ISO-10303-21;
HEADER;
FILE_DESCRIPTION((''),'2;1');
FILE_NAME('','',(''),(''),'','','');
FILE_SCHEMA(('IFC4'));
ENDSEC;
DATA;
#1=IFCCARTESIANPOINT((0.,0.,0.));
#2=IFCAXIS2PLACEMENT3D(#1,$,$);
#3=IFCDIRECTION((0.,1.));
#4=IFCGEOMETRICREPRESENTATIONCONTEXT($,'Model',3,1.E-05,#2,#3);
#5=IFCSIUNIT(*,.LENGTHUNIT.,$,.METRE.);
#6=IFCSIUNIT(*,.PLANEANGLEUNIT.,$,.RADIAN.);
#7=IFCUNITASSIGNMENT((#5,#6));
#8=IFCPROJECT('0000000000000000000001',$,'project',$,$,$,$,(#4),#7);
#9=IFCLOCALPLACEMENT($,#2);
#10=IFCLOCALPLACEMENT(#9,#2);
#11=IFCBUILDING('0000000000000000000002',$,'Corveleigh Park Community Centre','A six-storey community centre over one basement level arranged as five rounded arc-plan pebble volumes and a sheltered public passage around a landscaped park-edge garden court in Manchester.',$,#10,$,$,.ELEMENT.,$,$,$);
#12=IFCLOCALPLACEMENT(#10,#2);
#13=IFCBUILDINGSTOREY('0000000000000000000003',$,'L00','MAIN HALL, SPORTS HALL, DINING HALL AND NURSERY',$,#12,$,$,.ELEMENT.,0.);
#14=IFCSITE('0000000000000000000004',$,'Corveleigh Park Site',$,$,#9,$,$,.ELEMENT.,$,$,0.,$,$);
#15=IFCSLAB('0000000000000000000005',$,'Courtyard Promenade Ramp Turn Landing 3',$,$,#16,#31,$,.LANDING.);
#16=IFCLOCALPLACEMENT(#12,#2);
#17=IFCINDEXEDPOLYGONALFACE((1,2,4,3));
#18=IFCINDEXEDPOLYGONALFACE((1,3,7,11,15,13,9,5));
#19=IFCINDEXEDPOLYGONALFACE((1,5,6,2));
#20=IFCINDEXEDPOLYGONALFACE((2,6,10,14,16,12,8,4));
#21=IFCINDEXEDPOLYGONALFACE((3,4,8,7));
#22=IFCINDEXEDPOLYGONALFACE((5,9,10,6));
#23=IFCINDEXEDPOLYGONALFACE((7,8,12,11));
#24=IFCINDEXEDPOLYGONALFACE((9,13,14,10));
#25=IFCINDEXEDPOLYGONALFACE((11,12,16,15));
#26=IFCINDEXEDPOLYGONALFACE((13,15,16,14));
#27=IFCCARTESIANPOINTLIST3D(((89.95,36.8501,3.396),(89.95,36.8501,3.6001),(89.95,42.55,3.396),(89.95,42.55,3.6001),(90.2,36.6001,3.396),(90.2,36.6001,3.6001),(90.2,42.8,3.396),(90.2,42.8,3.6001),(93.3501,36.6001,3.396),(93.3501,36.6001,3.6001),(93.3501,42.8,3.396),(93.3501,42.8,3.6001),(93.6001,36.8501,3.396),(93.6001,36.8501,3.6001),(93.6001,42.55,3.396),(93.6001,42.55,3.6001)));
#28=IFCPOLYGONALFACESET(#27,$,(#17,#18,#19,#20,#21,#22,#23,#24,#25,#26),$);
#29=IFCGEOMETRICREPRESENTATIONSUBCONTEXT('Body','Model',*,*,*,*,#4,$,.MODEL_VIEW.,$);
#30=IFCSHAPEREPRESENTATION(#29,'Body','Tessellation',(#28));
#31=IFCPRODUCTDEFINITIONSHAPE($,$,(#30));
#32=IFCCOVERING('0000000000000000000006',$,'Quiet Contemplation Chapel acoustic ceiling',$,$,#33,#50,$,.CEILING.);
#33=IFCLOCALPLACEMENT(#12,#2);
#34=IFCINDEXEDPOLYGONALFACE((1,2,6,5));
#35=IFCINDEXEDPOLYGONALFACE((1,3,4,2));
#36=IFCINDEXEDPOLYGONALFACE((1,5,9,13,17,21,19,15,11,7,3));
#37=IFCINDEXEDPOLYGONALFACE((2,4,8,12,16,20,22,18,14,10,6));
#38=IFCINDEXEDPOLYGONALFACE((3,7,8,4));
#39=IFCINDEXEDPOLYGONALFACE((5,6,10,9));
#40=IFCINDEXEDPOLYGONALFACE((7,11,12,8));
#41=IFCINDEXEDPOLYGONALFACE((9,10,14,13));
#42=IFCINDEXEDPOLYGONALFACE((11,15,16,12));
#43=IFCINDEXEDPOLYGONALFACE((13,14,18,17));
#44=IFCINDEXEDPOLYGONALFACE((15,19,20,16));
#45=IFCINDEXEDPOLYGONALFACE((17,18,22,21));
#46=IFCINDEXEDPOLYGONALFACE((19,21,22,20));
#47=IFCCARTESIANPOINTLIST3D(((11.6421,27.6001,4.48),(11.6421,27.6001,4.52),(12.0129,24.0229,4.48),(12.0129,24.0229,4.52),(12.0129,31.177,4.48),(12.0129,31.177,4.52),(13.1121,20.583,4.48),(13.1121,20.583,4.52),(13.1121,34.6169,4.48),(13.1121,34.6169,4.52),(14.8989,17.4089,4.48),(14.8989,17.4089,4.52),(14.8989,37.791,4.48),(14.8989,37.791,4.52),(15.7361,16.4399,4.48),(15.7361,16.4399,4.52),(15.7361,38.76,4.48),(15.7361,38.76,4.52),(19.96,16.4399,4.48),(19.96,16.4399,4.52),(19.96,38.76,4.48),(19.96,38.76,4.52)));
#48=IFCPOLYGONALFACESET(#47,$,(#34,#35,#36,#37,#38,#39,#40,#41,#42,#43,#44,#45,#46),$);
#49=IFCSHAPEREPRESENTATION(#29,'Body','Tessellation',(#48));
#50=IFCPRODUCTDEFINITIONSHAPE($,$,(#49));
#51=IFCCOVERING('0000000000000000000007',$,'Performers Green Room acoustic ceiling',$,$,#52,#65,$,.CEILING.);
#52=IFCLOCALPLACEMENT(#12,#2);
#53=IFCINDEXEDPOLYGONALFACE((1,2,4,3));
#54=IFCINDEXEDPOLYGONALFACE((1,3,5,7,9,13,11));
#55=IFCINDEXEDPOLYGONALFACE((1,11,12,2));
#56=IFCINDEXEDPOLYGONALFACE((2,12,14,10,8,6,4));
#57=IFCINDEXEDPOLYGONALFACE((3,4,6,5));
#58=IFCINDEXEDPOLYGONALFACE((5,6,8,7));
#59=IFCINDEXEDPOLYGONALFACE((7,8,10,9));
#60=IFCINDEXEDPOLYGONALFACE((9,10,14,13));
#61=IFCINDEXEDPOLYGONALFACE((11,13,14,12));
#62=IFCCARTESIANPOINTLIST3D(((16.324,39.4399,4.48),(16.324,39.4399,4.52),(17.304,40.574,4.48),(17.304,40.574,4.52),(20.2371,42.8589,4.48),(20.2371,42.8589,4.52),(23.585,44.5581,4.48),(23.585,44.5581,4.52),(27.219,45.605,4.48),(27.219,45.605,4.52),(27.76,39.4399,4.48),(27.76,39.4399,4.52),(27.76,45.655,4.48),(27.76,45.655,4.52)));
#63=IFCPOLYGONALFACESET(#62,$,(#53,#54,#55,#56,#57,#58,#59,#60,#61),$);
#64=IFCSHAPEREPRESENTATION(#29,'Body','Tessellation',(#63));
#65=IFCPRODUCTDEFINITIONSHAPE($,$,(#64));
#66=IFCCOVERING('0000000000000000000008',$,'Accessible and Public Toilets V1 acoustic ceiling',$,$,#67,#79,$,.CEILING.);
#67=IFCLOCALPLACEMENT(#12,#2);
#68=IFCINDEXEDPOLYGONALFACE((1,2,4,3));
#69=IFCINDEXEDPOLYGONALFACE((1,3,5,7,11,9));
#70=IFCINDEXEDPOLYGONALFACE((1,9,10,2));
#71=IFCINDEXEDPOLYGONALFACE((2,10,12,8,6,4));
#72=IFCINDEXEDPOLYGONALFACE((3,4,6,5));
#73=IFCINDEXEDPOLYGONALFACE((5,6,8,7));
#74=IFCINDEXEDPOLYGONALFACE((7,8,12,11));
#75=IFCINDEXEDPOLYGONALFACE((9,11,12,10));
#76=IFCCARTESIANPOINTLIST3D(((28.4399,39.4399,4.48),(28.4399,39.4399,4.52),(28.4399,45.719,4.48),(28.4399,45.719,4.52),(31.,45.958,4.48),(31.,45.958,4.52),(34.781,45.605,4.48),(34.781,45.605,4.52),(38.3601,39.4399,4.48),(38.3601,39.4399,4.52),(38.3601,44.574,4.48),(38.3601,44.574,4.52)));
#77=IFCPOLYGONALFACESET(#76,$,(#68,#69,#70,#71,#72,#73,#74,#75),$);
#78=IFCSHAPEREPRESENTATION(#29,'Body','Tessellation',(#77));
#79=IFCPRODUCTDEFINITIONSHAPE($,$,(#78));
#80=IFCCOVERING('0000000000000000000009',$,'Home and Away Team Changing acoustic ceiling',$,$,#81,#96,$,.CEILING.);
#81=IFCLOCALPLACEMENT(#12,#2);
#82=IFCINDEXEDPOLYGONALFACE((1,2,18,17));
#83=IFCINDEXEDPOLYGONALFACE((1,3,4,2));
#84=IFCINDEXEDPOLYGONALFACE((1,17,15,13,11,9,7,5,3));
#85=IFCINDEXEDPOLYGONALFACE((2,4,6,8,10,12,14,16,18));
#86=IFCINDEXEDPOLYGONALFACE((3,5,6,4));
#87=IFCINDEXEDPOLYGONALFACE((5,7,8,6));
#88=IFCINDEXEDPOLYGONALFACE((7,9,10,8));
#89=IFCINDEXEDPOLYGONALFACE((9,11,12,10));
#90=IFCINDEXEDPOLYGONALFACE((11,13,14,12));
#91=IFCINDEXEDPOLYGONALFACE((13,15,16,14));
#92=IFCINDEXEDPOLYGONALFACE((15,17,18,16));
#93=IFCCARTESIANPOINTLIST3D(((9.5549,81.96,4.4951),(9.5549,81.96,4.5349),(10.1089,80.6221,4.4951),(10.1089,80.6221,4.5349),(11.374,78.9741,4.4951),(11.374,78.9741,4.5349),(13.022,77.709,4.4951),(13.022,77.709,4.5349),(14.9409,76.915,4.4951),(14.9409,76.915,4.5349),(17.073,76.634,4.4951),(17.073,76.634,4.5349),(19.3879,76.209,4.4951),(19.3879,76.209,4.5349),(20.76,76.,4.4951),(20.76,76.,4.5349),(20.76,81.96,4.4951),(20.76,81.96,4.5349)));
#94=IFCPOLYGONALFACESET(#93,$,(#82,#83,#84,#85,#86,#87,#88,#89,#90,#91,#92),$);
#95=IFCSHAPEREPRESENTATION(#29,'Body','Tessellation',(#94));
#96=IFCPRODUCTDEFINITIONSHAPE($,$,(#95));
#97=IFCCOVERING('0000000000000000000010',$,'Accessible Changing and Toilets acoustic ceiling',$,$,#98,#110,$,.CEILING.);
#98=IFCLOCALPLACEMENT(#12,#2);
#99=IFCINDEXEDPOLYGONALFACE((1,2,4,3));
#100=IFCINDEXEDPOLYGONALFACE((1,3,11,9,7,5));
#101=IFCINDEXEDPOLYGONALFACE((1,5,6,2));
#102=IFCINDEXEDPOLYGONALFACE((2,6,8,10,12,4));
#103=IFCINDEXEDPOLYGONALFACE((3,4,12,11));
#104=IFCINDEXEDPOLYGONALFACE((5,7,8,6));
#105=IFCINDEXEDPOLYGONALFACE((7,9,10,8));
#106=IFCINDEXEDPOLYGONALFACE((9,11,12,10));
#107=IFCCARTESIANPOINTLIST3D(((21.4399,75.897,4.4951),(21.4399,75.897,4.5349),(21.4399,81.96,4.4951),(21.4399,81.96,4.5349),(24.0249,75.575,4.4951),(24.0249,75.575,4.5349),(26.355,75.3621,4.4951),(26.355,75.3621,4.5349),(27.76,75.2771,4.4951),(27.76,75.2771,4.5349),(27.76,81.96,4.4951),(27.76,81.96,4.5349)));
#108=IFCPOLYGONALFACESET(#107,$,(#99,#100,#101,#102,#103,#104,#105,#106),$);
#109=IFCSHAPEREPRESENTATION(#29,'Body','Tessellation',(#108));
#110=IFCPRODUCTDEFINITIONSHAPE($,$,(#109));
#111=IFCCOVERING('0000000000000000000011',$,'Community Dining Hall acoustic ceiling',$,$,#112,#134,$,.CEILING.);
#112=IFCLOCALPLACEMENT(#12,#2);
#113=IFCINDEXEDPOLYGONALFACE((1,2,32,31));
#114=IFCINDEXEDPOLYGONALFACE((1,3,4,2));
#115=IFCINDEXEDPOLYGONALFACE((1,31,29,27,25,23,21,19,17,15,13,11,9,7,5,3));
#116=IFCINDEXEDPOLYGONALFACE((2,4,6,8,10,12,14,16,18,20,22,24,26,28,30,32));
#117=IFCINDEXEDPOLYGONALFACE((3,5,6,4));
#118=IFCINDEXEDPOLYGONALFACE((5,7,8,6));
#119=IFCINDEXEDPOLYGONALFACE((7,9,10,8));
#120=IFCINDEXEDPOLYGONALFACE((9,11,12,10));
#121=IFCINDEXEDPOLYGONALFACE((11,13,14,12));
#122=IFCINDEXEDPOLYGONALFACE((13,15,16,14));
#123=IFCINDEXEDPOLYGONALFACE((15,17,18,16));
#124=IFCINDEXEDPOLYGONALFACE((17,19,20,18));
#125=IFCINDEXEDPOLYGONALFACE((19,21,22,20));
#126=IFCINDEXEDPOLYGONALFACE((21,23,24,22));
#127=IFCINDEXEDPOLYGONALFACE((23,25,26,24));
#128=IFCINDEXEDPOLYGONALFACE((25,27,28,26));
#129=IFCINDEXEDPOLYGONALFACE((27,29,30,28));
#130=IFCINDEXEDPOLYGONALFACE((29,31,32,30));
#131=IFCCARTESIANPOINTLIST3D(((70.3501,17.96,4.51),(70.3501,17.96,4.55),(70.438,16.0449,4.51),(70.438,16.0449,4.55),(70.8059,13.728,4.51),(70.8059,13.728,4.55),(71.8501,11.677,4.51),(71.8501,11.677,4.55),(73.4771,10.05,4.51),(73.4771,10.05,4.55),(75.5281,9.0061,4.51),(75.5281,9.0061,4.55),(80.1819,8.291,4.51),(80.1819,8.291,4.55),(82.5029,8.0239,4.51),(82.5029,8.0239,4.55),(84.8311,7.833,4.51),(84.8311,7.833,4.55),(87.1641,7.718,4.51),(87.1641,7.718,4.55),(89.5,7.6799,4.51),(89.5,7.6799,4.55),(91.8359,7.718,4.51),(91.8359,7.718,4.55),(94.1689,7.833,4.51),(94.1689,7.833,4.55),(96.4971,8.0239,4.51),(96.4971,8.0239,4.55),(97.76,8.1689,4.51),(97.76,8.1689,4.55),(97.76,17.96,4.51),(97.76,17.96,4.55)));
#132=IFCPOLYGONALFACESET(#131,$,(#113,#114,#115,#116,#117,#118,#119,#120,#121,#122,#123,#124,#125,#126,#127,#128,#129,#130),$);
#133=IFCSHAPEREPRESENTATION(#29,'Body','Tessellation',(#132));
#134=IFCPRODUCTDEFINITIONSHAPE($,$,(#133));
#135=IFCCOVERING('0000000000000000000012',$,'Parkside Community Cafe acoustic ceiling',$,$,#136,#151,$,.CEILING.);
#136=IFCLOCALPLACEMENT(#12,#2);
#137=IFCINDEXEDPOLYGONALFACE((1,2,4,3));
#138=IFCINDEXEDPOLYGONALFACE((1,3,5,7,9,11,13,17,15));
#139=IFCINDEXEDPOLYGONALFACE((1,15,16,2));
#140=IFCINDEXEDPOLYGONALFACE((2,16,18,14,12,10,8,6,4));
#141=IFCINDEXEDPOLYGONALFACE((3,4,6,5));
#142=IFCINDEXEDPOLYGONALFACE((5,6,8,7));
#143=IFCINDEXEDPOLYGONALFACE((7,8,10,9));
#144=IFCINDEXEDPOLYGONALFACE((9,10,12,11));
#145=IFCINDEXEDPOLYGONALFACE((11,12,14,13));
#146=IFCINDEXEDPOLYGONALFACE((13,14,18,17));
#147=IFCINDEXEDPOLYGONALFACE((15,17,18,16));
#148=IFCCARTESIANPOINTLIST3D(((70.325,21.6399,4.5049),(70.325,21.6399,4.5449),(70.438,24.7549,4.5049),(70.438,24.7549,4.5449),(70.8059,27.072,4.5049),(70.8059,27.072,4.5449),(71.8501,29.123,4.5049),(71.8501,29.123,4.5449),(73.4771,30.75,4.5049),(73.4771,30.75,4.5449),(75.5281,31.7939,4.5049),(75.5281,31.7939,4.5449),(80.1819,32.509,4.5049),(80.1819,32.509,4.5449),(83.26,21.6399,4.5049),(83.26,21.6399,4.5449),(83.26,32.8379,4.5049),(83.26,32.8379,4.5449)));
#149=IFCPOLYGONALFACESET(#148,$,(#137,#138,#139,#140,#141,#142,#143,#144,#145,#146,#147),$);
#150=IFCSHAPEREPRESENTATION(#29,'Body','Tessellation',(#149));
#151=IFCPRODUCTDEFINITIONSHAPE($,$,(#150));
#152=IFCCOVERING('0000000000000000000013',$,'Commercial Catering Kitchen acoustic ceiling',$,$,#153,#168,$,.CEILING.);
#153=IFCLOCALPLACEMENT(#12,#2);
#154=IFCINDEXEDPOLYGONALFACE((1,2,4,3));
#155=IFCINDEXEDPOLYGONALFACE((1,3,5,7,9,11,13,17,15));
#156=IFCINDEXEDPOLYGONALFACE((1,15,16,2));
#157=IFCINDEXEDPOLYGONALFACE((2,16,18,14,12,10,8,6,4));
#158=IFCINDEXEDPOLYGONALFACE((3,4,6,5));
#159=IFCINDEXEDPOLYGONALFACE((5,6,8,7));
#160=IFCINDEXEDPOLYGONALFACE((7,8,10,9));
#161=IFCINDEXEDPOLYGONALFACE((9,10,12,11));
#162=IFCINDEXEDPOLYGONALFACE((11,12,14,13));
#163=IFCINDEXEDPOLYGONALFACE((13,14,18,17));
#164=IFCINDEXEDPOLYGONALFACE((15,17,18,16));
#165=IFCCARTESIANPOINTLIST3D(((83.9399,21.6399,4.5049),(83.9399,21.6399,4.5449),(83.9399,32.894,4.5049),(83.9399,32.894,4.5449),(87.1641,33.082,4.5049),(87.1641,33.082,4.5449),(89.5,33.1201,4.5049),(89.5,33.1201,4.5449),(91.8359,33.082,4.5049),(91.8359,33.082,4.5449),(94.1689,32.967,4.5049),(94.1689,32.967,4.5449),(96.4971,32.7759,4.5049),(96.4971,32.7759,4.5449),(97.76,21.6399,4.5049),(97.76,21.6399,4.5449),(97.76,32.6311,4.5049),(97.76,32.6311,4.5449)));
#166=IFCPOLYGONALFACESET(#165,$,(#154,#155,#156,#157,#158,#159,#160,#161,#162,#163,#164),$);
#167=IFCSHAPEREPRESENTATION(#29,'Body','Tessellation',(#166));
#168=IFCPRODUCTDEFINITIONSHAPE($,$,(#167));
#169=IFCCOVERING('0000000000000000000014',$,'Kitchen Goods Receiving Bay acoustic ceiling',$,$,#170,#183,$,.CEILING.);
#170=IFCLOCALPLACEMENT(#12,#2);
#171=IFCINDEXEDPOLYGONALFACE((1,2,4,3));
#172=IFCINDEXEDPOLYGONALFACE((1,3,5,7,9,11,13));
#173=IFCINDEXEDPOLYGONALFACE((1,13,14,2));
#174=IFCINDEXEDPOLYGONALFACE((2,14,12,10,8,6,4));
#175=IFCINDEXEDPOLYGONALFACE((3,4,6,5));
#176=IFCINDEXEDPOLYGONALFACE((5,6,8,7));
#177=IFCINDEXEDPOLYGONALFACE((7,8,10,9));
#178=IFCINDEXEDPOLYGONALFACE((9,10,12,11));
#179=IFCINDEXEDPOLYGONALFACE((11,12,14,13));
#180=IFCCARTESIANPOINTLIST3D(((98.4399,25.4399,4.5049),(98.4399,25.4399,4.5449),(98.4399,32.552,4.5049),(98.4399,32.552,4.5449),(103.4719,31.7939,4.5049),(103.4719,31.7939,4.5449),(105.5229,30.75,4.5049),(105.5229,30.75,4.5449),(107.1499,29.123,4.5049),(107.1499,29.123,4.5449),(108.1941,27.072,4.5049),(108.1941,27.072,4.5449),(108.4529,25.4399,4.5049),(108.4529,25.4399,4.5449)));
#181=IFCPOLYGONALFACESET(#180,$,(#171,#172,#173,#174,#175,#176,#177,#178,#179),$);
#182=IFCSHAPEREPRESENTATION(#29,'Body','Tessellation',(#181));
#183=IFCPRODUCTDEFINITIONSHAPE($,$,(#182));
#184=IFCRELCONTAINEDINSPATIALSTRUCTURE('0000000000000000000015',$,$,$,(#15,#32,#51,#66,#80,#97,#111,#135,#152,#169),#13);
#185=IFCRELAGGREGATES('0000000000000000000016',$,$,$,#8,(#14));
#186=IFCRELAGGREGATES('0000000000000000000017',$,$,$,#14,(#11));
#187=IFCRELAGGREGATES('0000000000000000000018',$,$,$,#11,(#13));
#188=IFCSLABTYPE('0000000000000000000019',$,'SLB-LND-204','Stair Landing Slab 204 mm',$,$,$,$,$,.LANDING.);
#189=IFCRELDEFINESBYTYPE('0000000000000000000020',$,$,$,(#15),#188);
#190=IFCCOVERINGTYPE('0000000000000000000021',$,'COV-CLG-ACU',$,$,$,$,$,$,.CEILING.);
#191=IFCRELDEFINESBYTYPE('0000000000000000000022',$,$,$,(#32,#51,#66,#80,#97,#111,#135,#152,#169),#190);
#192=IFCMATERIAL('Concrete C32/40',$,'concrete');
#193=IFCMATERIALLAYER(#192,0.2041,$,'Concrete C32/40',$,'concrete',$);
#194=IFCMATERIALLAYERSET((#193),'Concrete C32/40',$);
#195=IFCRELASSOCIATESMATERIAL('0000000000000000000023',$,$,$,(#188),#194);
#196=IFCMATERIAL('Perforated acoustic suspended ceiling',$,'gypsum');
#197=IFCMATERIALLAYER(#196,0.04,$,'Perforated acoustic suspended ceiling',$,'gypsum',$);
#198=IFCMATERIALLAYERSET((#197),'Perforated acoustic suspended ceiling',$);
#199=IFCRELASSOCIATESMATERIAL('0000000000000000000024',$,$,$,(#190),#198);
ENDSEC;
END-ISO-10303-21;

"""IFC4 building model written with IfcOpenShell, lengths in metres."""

from ifc_helpers import new_model, si_unit, direction, frame, origin, place, context, subcontext, project, spatial, polyline, outline, extrude, material, layer, layer_set, type_object, element, save


model = new_model("IFC4")

# Units and contexts
model_context = context("Model", 3, precision=1e-05, world=origin(), true_north=direction((0.0, 1.0)))
body_context = subcontext(model_context, "Body", "Model", "MODEL_VIEW")
ifc_project = project(units=[si_unit("LENGTHUNIT", "METRE"), si_unit("PLANEANGLEUNIT", "RADIAN")], contexts=[model_context])

# Site, building, storey
site_placement = place(None, origin())
site = spatial("IfcSite", under=ifc_project, at=site_placement, Name="Corveleigh Park Site", CompositionType="ELEMENT", RefElevation=0.0)
building_placement = place(site_placement, origin())
building = spatial("IfcBuilding", under=site, at=building_placement, Name="Corveleigh Park Community Centre", Description="A six-storey community centre over one basement level arranged as five rounded arc-plan pebble volumes and a sheltered public passage around a landscaped park-edge garden court in Manchester.", CompositionType="ELEMENT")
storey_placement = place(building_placement, origin())
storey = spatial("IfcBuildingStorey", under=building, at=storey_placement, Name="L00", Description="MAIN HALL, SPORTS HALL, DINING HALL AND NURSERY", CompositionType="ELEMENT", Elevation=0.0)

# Shared definitions
ifc_material_1 = material(Name="Concrete C32/40", Category="concrete")

# Slab
ifc_layer_1 = layer(ifc_material_1, 0.2041, Name="Concrete C32/40", Category="concrete")
ifc_layer_set_1 = layer_set([ifc_layer_1], Name="Concrete C32/40")
slab_type_1 = type_object("IfcSlabType", Name="SLB-LND-204", Description="Stair Landing Slab 204 mm", PredefinedType="LANDING", material=ifc_layer_set_1)
slab_1_placement = place(storey_placement, frame((0.0, 0.0, 3.396)))
element("IfcSlab", 1, at=slab_1_placement, inside=storey, type_object=slab_type_1, Name="Courtyard Promenade Ramp Turn Landing 3", PredefinedType="LANDING", context=body_context, shape_type="SweptSolid", body=[
    extrude(outline(polyline([(90.2, 36.6001), (93.3501, 36.6001), (93.6001, 36.8501), (93.6001, 42.55), (93.3501, 42.8), (90.2, 42.8), (89.95, 42.55), (89.95, 36.8501), (90.2, 36.6001)])), origin(), (0.0, 0.0, 1.0), 0.2041),
])

# Coverings
ifc_material_2 = material(Name="Perforated acoustic suspended ceiling", Category="gypsum")
ifc_layer_2 = layer(ifc_material_2, 0.04, Name="Perforated acoustic suspended ceiling", Category="gypsum")
ifc_layer_set_2 = layer_set([ifc_layer_2], Name="Perforated acoustic suspended ceiling")
covering_type_1 = type_object("IfcCoveringType", Name="COV-CLG-ACU", PredefinedType="CEILING", material=ifc_layer_set_2)
covering_1_placement = place(storey_placement, frame((0.0, 0.0, 4.48)))
element("IfcCovering", 2, at=covering_1_placement, inside=storey, type_object=covering_type_1, Name="Quiet Contemplation Chapel acoustic ceiling", PredefinedType="CEILING", context=body_context, shape_type="SweptSolid", body=[
    extrude(outline(polyline([(14.8989, 17.4089), (13.1121, 20.583), (12.0129, 24.0229), (11.6421, 27.6001), (12.0129, 31.177), (13.1121, 34.6169), (14.8989, 37.791), (15.7361, 38.76), (19.96, 38.76), (19.96, 16.4399), (15.7361, 16.4399), (14.8989, 17.4089)])), origin(), (0.0, 0.0, 1.0), 0.04),
])
covering_2_placement = place(storey_placement, frame((0.0, 0.0, 4.48)))
element("IfcCovering", 3, at=covering_2_placement, inside=storey, type_object=covering_type_1, Name="Performers Green Room acoustic ceiling", PredefinedType="CEILING", context=body_context, shape_type="SweptSolid", body=[
    extrude(outline(polyline([(27.76, 39.4399), (16.324, 39.4399), (17.304, 40.574), (20.2371, 42.8589), (23.585, 44.5581), (27.219, 45.605), (27.76, 45.655), (27.76, 39.4399)])), origin(), (0.0, 0.0, 1.0), 0.04),
])
covering_3_placement = place(storey_placement, frame((0.0, 0.0, 4.48)))
element("IfcCovering", 4, at=covering_3_placement, inside=storey, type_object=covering_type_1, Name="Accessible and Public Toilets V1 acoustic ceiling", PredefinedType="CEILING", context=body_context, shape_type="SweptSolid", body=[
    extrude(outline(polyline([(28.4399, 45.719), (31.0, 45.958), (34.781, 45.605), (38.3601, 44.574), (38.3601, 39.4399), (28.4399, 39.4399), (28.4399, 45.719)])), origin(), (0.0, 0.0, 1.0), 0.04),
])
covering_4_placement = place(storey_placement, frame((0.0, 0.0, 4.4951)))
element("IfcCovering", 5, at=covering_4_placement, inside=storey, type_object=covering_type_1, Name="Home and Away Team Changing acoustic ceiling", PredefinedType="CEILING", context=body_context, shape_type="SweptSolid", body=[
    extrude(outline(polyline([(19.3879, 76.209), (17.073, 76.634), (14.9409, 76.915), (13.022, 77.709), (11.374, 78.9741), (10.1089, 80.6221), (9.5549, 81.96), (20.76, 81.96), (20.76, 76.0), (19.3879, 76.209)])), origin(), (0.0, 0.0, 1.0), 0.0398),
])
covering_5_placement = place(storey_placement, frame((0.0, 0.0, 4.4951)))
element("IfcCovering", 6, at=covering_5_placement, inside=storey, type_object=covering_type_1, Name="Accessible Changing and Toilets acoustic ceiling", PredefinedType="CEILING", context=body_context, shape_type="SweptSolid", body=[
    extrude(outline(polyline([(21.4399, 81.96), (27.76, 81.96), (27.76, 75.2771), (26.355, 75.3621), (24.0249, 75.575), (21.4399, 75.897), (21.4399, 81.96)])), origin(), (0.0, 0.0, 1.0), 0.0398),
])
covering_6_placement = place(storey_placement, frame((0.0, 0.0, 4.51)))
element("IfcCovering", 7, at=covering_6_placement, inside=storey, type_object=covering_type_1, Name="Community Dining Hall acoustic ceiling", PredefinedType="CEILING", context=body_context, shape_type="SweptSolid", body=[
    extrude(outline(polyline([(70.8059, 13.728), (70.438, 16.0449), (70.3501, 17.96), (97.76, 17.96), (97.76, 8.1689), (96.4971, 8.0239), (94.1689, 7.833), (91.8359, 7.718), (89.5, 7.6799), (87.1641, 7.718), (84.8311, 7.833), (82.5029, 8.0239), (80.1819, 8.291), (75.5281, 9.0061), (73.4771, 10.05), (71.8501, 11.677), (70.8059, 13.728)])), origin(), (0.0, 0.0, 1.0), 0.04),
])
covering_7_placement = place(storey_placement, frame((0.0, 0.0, 4.5049)))
element("IfcCovering", 8, at=covering_7_placement, inside=storey, type_object=covering_type_1, Name="Parkside Community Cafe acoustic ceiling", PredefinedType="CEILING", context=body_context, shape_type="SweptSolid", body=[
    extrude(outline(polyline([(70.325, 21.6399), (70.438, 24.7549), (70.8059, 27.072), (71.8501, 29.123), (73.4771, 30.75), (75.5281, 31.7939), (80.1819, 32.509), (83.26, 32.8379), (83.26, 21.6399), (70.325, 21.6399)])), origin(), (0.0, 0.0, 1.0), 0.04),
])
covering_8_placement = place(storey_placement, frame((0.0, 0.0, 4.5049)))
element("IfcCovering", 9, at=covering_8_placement, inside=storey, type_object=covering_type_1, Name="Commercial Catering Kitchen acoustic ceiling", PredefinedType="CEILING", context=body_context, shape_type="SweptSolid", body=[
    extrude(outline(polyline([(87.1641, 33.082), (89.5, 33.1201), (91.8359, 33.082), (94.1689, 32.967), (96.4971, 32.7759), (97.76, 32.6311), (97.76, 21.6399), (83.9399, 21.6399), (83.9399, 32.894), (87.1641, 33.082)])), origin(), (0.0, 0.0, 1.0), 0.04),
])
covering_9_placement = place(storey_placement, frame((0.0, 0.0, 4.5049)))
element("IfcCovering", 10, at=covering_9_placement, inside=storey, type_object=covering_type_1, Name="Kitchen Goods Receiving Bay acoustic ceiling", PredefinedType="CEILING", context=body_context, shape_type="SweptSolid", body=[
    extrude(outline(polyline([(108.4529, 25.4399), (98.4399, 25.4399), (98.4399, 32.552), (103.4719, 31.7939), (105.5229, 30.75), (107.1499, 29.123), (108.1941, 27.072), (108.4529, 25.4399)])), origin(), (0.0, 0.0, 1.0), 0.04),
])

save(model, "model.ifc")
